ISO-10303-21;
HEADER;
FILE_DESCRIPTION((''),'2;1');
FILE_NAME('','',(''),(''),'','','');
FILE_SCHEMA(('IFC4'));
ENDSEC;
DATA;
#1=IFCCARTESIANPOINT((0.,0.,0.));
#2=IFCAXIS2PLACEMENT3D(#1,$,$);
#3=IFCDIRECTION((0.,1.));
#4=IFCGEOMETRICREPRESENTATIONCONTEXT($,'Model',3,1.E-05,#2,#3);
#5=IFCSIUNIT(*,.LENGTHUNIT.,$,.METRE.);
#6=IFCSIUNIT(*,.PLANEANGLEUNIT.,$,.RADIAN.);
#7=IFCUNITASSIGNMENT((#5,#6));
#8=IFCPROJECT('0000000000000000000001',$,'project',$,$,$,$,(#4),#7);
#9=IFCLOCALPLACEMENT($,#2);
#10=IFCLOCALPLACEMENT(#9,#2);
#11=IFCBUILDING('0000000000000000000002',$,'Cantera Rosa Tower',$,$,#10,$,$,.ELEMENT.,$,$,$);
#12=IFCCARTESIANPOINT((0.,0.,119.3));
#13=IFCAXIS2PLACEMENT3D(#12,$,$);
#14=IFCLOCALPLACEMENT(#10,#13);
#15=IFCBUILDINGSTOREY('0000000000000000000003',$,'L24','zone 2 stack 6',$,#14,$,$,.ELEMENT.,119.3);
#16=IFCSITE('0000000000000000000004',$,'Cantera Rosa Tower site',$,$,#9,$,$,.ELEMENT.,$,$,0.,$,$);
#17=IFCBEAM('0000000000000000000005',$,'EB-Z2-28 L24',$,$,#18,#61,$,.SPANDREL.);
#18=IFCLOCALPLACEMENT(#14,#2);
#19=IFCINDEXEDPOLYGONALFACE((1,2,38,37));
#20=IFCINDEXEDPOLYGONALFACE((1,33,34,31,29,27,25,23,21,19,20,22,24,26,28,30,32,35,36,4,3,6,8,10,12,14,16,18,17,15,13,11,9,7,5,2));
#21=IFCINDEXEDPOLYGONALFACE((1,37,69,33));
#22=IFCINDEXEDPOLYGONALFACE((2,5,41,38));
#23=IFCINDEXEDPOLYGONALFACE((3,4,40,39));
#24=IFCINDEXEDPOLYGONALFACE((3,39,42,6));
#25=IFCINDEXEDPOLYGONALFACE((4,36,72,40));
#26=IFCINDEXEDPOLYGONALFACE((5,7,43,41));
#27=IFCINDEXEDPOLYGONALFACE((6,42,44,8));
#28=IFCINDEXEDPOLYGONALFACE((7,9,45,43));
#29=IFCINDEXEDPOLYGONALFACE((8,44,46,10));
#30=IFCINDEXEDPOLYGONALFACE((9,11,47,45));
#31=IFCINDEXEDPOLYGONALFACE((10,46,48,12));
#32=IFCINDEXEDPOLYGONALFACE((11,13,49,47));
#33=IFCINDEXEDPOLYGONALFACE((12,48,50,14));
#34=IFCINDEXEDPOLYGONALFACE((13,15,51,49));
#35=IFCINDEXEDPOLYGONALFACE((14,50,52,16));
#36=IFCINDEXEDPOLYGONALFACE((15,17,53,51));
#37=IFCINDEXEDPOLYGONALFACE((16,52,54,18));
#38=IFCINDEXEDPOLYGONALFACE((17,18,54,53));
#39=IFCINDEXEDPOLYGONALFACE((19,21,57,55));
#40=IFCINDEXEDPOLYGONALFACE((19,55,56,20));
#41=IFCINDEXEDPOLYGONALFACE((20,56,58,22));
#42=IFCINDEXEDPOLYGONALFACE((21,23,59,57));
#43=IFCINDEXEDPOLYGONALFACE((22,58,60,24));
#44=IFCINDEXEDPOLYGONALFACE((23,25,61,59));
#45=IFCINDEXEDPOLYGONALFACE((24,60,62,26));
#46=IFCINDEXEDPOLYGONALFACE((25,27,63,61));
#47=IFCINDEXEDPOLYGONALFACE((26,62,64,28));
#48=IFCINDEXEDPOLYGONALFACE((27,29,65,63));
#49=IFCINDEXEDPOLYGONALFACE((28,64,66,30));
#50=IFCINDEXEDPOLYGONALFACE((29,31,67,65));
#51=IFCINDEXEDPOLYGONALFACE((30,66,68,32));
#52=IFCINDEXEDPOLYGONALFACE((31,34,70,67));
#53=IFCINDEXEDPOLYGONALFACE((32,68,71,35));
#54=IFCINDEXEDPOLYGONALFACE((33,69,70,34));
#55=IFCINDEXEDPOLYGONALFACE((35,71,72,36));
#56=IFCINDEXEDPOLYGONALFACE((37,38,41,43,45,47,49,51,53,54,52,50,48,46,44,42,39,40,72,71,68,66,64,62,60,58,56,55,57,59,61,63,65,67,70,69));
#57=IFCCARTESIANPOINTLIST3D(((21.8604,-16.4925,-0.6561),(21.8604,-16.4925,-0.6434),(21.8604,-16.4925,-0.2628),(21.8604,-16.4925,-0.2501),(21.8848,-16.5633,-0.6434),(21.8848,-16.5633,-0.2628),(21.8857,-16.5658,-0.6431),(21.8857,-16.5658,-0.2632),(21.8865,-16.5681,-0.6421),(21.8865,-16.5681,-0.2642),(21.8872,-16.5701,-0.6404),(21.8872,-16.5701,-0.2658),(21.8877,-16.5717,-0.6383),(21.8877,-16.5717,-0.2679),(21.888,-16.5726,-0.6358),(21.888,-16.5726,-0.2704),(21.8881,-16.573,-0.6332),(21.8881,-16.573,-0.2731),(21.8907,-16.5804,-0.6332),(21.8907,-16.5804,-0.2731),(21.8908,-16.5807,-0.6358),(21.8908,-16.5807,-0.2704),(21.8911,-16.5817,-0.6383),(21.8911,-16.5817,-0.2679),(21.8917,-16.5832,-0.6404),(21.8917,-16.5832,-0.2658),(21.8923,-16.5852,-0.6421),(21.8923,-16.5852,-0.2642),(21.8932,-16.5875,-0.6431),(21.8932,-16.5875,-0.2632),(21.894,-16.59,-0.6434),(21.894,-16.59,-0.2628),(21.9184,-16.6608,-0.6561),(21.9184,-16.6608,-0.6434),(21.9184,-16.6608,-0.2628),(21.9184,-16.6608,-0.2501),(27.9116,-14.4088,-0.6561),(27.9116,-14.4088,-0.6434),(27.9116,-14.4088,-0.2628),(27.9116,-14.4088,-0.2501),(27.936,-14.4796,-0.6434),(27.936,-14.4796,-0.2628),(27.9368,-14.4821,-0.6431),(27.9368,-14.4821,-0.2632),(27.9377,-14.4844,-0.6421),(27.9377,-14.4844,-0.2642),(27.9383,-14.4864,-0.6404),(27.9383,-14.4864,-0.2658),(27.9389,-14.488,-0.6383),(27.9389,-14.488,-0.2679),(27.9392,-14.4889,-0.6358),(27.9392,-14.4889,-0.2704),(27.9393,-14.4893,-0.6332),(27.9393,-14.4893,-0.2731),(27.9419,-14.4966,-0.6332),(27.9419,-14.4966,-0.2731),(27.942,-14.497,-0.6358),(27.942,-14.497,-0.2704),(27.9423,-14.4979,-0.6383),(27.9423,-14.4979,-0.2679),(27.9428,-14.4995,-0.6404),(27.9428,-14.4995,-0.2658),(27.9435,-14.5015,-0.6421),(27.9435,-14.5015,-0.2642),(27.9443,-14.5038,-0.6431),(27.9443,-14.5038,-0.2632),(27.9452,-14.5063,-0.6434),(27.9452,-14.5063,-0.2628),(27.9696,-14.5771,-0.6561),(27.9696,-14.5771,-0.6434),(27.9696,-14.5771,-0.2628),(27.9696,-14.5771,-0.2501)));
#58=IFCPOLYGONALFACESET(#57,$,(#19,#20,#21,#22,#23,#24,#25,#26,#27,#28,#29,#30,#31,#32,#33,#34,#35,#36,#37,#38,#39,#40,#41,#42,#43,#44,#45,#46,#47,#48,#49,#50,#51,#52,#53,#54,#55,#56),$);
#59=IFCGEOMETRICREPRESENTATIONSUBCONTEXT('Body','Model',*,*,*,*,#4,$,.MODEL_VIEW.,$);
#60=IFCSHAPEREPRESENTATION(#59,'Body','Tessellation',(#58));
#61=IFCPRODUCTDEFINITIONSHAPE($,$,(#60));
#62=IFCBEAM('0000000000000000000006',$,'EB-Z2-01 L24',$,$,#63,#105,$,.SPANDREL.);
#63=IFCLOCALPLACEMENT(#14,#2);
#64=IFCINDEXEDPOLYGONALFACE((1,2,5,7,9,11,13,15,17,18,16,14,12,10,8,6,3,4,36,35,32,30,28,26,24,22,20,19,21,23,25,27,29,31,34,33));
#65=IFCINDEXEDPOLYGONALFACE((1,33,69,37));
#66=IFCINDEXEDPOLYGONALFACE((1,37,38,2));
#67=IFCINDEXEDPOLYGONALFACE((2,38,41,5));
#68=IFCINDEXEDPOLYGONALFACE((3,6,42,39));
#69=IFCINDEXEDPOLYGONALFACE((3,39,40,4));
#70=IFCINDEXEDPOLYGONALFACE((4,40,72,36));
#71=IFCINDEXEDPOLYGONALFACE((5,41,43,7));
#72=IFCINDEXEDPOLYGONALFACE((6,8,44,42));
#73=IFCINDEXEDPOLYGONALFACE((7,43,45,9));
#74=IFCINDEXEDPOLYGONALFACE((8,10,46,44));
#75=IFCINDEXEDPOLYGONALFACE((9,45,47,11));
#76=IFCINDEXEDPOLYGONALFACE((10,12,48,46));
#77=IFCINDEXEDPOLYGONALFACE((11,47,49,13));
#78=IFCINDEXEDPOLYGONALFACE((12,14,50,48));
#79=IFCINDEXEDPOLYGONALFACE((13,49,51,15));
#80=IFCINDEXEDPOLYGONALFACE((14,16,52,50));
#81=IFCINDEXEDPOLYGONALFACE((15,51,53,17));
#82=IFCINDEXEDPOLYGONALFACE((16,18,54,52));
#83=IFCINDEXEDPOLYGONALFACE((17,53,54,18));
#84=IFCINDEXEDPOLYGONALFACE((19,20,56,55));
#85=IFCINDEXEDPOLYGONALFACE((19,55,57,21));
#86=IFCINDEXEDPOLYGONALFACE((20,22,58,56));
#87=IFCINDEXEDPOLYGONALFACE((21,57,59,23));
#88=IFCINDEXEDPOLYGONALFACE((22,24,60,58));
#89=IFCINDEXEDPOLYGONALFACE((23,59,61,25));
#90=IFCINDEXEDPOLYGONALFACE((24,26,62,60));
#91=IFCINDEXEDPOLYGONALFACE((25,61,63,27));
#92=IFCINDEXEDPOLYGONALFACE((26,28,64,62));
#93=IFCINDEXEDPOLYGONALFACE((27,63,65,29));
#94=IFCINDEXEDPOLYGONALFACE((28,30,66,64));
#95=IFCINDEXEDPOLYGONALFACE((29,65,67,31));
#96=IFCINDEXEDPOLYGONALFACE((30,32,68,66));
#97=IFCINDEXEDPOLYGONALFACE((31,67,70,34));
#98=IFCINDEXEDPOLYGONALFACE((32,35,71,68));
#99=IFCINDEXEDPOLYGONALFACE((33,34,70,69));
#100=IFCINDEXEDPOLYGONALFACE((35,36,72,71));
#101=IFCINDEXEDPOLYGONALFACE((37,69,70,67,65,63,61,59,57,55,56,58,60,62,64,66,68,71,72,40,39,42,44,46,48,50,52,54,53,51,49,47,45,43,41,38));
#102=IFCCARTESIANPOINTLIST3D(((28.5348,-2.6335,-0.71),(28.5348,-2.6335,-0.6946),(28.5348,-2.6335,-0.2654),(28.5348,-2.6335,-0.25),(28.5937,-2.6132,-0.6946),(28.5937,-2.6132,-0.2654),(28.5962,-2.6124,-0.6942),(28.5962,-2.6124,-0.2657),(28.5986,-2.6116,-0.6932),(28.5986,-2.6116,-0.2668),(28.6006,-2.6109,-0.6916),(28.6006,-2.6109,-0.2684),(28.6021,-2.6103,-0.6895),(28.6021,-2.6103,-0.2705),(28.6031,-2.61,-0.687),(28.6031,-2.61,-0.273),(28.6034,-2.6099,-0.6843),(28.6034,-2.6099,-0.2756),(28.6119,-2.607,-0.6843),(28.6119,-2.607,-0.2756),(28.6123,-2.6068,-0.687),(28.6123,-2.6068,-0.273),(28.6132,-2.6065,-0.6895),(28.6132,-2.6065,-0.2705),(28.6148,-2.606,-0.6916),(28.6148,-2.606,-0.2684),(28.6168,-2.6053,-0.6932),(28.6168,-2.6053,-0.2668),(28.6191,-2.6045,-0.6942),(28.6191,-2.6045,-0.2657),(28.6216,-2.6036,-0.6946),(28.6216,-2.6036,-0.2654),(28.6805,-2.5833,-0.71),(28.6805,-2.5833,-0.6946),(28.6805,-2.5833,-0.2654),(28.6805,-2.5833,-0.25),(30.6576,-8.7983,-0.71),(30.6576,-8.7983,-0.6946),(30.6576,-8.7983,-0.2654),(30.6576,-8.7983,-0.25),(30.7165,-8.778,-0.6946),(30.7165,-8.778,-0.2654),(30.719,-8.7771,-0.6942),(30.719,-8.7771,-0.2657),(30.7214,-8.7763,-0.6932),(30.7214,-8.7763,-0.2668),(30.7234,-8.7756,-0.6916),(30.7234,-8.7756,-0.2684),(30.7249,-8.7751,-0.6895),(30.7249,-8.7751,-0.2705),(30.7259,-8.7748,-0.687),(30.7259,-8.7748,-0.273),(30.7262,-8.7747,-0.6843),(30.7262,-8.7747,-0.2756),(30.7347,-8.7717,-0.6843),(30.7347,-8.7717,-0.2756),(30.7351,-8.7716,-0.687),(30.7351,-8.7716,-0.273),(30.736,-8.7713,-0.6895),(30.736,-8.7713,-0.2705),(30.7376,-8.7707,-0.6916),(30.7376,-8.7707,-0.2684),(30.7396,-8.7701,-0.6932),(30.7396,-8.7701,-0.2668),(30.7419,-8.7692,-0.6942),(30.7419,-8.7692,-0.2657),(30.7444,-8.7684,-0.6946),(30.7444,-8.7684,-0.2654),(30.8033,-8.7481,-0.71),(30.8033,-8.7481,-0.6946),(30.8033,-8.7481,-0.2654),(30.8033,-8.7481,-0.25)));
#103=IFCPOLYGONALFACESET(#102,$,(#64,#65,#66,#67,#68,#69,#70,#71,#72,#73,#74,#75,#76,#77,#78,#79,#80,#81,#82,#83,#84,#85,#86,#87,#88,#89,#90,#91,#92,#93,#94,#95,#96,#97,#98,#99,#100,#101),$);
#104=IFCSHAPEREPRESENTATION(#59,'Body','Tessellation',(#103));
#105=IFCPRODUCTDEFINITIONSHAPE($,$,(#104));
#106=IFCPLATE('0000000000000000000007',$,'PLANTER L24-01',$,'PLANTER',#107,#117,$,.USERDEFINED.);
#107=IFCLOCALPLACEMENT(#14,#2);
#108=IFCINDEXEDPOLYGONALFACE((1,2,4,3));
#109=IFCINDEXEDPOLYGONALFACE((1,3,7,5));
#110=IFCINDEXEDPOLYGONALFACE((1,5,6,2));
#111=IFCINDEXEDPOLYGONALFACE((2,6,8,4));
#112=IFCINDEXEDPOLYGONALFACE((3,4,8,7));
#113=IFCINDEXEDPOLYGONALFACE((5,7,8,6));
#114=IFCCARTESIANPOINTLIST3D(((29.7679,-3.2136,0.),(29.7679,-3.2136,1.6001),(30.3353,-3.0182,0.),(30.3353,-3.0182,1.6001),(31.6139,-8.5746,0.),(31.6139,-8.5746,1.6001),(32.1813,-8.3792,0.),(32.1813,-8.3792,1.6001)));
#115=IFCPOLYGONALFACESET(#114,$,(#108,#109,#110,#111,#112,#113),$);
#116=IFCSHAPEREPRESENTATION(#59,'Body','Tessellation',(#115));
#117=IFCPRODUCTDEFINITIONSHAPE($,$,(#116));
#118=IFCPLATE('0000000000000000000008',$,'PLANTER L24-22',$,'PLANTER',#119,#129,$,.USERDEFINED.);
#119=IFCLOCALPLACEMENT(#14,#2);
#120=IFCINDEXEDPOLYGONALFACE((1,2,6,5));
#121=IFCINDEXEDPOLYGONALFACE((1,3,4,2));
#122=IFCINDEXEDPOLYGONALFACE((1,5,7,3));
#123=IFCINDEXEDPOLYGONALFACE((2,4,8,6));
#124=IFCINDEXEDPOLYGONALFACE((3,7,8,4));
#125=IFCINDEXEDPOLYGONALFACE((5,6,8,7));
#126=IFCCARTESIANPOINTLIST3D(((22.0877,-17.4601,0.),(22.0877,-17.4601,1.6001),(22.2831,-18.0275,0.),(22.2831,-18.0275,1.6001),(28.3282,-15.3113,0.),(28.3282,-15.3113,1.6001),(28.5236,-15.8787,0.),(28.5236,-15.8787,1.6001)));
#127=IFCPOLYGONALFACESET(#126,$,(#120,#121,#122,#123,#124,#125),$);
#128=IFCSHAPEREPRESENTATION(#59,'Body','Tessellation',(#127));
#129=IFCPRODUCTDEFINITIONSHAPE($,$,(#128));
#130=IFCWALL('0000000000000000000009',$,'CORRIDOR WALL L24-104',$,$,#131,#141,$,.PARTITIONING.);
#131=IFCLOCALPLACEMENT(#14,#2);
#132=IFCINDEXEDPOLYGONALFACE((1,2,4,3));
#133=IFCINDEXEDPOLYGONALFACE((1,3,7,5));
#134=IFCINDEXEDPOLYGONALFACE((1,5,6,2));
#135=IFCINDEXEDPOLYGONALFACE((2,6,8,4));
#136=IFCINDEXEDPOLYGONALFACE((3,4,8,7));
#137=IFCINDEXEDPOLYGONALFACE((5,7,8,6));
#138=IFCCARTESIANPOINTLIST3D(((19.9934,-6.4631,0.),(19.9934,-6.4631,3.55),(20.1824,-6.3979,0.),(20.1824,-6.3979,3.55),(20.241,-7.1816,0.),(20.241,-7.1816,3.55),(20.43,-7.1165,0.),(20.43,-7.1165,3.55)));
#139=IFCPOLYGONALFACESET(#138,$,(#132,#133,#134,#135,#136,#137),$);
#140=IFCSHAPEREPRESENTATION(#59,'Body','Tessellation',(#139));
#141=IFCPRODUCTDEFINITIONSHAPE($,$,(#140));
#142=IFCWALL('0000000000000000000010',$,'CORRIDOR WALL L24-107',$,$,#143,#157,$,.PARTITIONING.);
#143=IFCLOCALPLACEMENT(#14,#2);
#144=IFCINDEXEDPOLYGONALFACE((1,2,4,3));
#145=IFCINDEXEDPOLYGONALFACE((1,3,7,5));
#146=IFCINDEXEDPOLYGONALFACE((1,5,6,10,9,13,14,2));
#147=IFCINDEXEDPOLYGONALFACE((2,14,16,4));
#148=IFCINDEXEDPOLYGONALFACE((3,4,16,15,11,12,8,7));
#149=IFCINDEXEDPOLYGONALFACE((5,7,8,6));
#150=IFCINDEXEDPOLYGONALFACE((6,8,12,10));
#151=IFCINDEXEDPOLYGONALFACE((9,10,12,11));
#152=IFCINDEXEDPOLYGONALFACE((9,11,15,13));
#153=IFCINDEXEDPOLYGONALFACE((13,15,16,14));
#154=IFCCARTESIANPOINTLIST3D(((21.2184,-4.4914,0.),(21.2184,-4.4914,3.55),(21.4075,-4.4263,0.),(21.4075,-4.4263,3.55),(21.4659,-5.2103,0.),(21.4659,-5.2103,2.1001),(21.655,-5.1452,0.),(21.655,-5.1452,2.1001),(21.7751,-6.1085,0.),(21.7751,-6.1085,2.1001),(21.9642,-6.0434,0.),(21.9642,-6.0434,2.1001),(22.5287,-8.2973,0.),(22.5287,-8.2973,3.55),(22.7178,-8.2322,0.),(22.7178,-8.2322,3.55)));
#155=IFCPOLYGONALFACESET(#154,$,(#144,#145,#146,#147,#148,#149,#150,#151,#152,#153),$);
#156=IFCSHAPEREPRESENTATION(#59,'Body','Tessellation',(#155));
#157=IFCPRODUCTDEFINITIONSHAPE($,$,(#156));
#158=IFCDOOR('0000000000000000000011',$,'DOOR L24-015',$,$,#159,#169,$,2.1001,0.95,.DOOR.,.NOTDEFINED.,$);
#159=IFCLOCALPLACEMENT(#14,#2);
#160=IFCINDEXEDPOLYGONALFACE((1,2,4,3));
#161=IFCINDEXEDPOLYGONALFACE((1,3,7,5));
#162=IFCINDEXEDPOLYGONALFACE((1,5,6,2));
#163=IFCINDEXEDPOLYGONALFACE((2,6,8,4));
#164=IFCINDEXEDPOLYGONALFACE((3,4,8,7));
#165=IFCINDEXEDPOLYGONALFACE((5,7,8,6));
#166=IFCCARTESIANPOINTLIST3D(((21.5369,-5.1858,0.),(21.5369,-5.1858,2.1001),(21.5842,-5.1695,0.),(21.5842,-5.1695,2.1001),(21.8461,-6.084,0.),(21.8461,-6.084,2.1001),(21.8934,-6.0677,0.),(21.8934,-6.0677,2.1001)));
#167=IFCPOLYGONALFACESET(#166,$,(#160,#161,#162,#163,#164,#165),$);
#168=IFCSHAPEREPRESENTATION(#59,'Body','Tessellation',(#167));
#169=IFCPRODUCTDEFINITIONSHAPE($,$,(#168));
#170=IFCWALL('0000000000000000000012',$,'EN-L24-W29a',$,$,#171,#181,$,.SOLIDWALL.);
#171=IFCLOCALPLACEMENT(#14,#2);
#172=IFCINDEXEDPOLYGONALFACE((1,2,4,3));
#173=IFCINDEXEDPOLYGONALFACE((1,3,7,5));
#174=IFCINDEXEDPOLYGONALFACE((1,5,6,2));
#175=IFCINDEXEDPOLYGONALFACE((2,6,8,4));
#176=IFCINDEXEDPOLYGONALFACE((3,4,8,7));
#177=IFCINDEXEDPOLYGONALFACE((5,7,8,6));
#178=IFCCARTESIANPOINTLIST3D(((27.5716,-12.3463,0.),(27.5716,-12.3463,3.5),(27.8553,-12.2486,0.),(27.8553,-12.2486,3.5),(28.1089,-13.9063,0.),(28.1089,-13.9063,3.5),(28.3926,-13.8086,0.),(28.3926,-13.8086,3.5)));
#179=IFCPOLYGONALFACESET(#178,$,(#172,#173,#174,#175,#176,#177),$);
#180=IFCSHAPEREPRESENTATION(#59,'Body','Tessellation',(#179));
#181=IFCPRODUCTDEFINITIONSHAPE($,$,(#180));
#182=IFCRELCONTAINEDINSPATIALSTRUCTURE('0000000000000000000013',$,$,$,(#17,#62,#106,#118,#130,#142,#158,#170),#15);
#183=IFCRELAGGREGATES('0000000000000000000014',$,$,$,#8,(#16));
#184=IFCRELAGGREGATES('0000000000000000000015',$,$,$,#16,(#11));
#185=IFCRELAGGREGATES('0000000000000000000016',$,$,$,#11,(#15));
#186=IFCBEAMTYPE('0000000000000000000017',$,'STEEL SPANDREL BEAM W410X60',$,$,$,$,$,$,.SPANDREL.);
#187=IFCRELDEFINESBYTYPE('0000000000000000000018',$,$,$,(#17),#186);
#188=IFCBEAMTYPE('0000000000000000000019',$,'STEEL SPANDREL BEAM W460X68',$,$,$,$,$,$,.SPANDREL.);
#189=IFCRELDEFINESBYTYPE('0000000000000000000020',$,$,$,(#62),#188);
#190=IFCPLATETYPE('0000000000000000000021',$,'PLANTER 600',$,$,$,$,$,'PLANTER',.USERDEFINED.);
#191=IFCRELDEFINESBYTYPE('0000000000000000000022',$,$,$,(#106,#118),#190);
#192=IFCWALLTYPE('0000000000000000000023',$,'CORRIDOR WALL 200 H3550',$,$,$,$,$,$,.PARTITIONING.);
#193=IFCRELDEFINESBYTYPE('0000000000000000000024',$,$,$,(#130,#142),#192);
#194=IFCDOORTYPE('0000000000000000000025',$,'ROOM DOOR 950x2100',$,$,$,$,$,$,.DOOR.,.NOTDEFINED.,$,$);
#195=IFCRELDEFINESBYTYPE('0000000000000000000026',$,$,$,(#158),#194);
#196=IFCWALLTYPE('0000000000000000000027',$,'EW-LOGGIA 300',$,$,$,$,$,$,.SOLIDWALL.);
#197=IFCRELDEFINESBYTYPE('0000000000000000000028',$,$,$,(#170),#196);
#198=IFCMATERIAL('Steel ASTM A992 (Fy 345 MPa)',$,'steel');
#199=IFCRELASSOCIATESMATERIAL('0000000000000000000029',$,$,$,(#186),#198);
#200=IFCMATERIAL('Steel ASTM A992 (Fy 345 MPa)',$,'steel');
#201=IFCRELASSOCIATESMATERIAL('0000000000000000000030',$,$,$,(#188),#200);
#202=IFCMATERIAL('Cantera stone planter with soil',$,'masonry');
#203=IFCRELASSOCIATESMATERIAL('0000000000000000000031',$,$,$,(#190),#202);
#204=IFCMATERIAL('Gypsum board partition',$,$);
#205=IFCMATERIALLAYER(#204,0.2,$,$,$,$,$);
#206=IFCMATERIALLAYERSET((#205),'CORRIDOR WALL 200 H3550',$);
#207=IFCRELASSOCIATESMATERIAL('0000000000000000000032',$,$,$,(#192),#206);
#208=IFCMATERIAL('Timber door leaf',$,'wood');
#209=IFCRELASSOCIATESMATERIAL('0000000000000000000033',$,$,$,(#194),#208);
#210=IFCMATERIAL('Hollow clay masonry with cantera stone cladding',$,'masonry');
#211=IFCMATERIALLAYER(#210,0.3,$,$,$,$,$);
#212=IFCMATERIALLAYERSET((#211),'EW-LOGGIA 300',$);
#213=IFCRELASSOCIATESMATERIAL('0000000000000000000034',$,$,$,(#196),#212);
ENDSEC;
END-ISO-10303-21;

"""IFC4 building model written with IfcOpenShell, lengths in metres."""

from ifc_helpers import new_model, si_unit, direction, frame, frame_2d, origin, origin_2d, place, context, subcontext, project, spatial, rectangle, i_section, extrude, material, layer, layer_set, material_profile, profile_set, type_object, element, fill, save


model = new_model("IFC4")

# Units and contexts
model_context = context("Model", 3, precision=1e-05, world=origin(), true_north=direction((0.0, 1.0)))
body_context = subcontext(model_context, "Body", "Model", "MODEL_VIEW")
ifc_project = project(units=[si_unit("LENGTHUNIT", "METRE"), si_unit("PLANEANGLEUNIT", "RADIAN")], contexts=[model_context])

# Site, building, storey
site_placement = place(None, origin())
site = spatial("IfcSite", under=ifc_project, at=site_placement, Name="Cantera Rosa Tower site", CompositionType="ELEMENT", RefElevation=0.0)
building_placement = place(site_placement, origin())
building = spatial("IfcBuilding", under=site, at=building_placement, Name="Cantera Rosa Tower", CompositionType="ELEMENT")
storey_placement = place(building_placement, frame((0.0, 0.0, 119.3)))
storey = spatial("IfcBuildingStorey", under=building, at=storey_placement, Name="L24", Description="zone 2 stack 6", CompositionType="ELEMENT", Elevation=119.3)

# Beams
ifc_material_1 = material(Name="Steel ASTM A992 (Fy 345 MPa)", Category="steel")
ifc_material_profile_1 = material_profile(ifc_material_1, i_section(OverallWidth=0.178, OverallDepth=0.406, WebThickness=0.0078, FlangeThickness=0.0127, FilletRadius=0.0103, at=origin_2d()), Name="W410X60")
ifc_profile_set_1 = profile_set([ifc_material_profile_1], Name="Steel ASTM A992 (Fy 345 MPa)")
beam_type_1 = type_object("IfcBeamType", Name="STEEL SPANDREL BEAM W410X60", PredefinedType="SPANDREL", material=ifc_profile_set_1)
beam_1_placement = place(storey_placement, frame((21.8894, -16.5767, -0.4531), z_axis=(0.945513, 0.325585, 0.0), x_axis=(-0.325585, 0.945513, 0.0)))
element("IfcBeam", 1, at=beam_1_placement, inside=storey, type_object=beam_type_1, Name="EB-Z2-28 L24", PredefinedType="SPANDREL", context=body_context, shape_type="SweptSolid", body=[
    extrude(i_section(OverallWidth=0.178, OverallDepth=0.406, WebThickness=0.0078, FlangeThickness=0.0127, FilletRadius=0.0103, at=origin_2d()), origin(), (0.0, 0.0, 1.0), 6.3999),
])
ifc_material_2 = material(Name="Steel ASTM A992 (Fy 345 MPa)", Category="steel")
ifc_material_profile_2 = material_profile(ifc_material_2, i_section(OverallWidth=0.1541, OverallDepth=0.46, WebThickness=0.009, FlangeThickness=0.0154, FilletRadius=0.0103, at=origin_2d()), Name="W460X68")
ifc_profile_set_2 = profile_set([ifc_material_profile_2], Name="Steel ASTM A992 (Fy 345 MPa)")
beam_type_2 = type_object("IfcBeamType", Name="STEEL SPANDREL BEAM W460X68", PredefinedType="SPANDREL", material=ifc_profile_set_2)
beam_2_placement = place(storey_placement, frame((30.7305, -8.7732, -0.48), z_axis=(-0.325581, 0.945514, 0.0), x_axis=(-0.945514, -0.325581, 0.0)))
element("IfcBeam", 2, at=beam_2_placement, inside=storey, type_object=beam_type_2, Name="EB-Z2-01 L24", PredefinedType="SPANDREL", context=body_context, shape_type="SweptSolid", body=[
    extrude(i_section(OverallWidth=0.1541, OverallDepth=0.46, WebThickness=0.009, FlangeThickness=0.0154, FilletRadius=0.0103, at=origin_2d()), origin(), (0.0, 0.0, 1.0), 6.52),
])

# Plates
ifc_material_3 = material(Name="Cantera stone planter with soil", Category="masonry")
plate_type = type_object("IfcPlateType", Name="PLANTER 600", ElementType="PLANTER", PredefinedType="USERDEFINED", material=ifc_material_3)
plate_1_placement = place(storey_placement, frame((30.9746, -5.7964, 0.0), z_axis=(0.0, 0.0, 1.0), x_axis=(-0.325568, 0.945519, 0.0)))
element("IfcPlate", 3, at=plate_1_placement, inside=storey, type_object=plate_type, Name="PLANTER L24-01", ObjectType="PLANTER", PredefinedType="USERDEFINED", context=body_context, shape_type="SweptSolid", body=[
    extrude(rectangle(XDim=5.6699, YDim=0.6001, at=origin_2d()), origin(), (0.0, 0.0, 1.0), 1.6001),
])
plate_2_placement = place(storey_placement, frame((25.3057, -16.6694, 0.0), z_axis=(0.0, 0.0, 1.0), x_axis=(0.945519, 0.325568, 0.0)))
element("IfcPlate", 4, at=plate_2_placement, inside=storey, type_object=plate_type, Name="PLANTER L24-22", ObjectType="PLANTER", PredefinedType="USERDEFINED", context=body_context, shape_type="SweptSolid", body=[
    extrude(rectangle(XDim=6.6001, YDim=0.6001, at=origin_2d()), origin(), (0.0, 0.0, 1.0), 1.6001),
])

# Wall
ifc_material_4 = material(Name="Gypsum board partition")
ifc_layer_1 = layer(ifc_material_4, 0.2)
ifc_layer_set_1 = layer_set([ifc_layer_1], Name="CORRIDOR WALL 200 H3550")
wall_type_1 = type_object("IfcWallType", Name="CORRIDOR WALL 200 H3550", PredefinedType="PARTITIONING", material=ifc_layer_set_1)
wall_1_placement = place(storey_placement, frame((20.3354, -7.1489, 0.0), z_axis=(0.0, 0.0, 1.0), x_axis=(-0.325753, 0.945455, 0.0)))
element("IfcWall", 5, at=wall_1_placement, inside=storey, type_object=wall_type_1, Name="CORRIDOR WALL L24-104", PredefinedType="PARTITIONING", context=body_context, shape_type="SweptSolid", body=[
    extrude(rectangle(XDim=0.76, YDim=0.2, at=frame_2d((0.3799, 0.0))), origin(), (0.0, 0.0, 1.0), 3.55),
])

# Wall, opening, door
wall_2_placement = place(storey_placement, frame((22.6233, -8.2649, 0.0), z_axis=(0.0, 0.0, 1.0), x_axis=(-0.325529, 0.945532, 0.0)))
wall_2 = element("IfcWall", 6, at=wall_2_placement, inside=storey, type_object=wall_type_1, Name="CORRIDOR WALL L24-107", PredefinedType="PARTITIONING", context=body_context, shape_type="SweptSolid", body=[
    extrude(rectangle(XDim=4.0251, YDim=0.2, at=frame_2d((2.0127, 0.0))), origin(), (0.0, 0.0, 1.0), 3.55),
])
opening_1_placement = place(wall_2_placement, frame((2.3149, 0.0, 0.0)))
opening_1 = element("IfcOpeningElement", 7, at=opening_1_placement, cuts=wall_2, PredefinedType="OPENING", context=body_context, shape_type="SweptSolid", body=[
    extrude(rectangle(XDim=0.95, YDim=2.1001, at=frame_2d((0.4751, 1.05))), frame((0.0, 0.1099, 0.0), z_axis=(0.0, -1.0, 0.0), x_axis=(1.0, 0.0, 0.0)), (0.0, 0.0, 1.0), 0.22),
])
ifc_material_5 = material(Name="Timber door leaf", Category="wood")
door_type_1 = type_object("IfcDoorType", Name="ROOM DOOR 950x2100", OperationType="NOTDEFINED", PredefinedType="DOOR", material=ifc_material_5)
door_1_placement = place(opening_1_placement, origin())
door_1 = element("IfcDoor", 8, at=door_1_placement, inside=storey, type_object=door_type_1, Name="DOOR L24-015", OperationType="NOTDEFINED", OverallHeight=2.1001, OverallWidth=0.95, PredefinedType="DOOR", context=body_context, shape_type="SweptSolid", body=[
    extrude(rectangle(XDim=0.95, YDim=2.1001, at=frame_2d((0.4751, 1.05))), frame((0.0, 0.0249, 0.0), z_axis=(0.0, -1.0, 0.0), x_axis=(1.0, 0.0, 0.0)), (0.0, 0.0, 1.0), 0.05),
])
fill(opening_1, door_1)

# Wall
ifc_material_6 = material(Name="Hollow clay masonry with cantera stone cladding", Category="masonry")
ifc_layer_2 = layer(ifc_material_6, 0.3)
ifc_layer_set_2 = layer_set([ifc_layer_2], Name="EW-LOGGIA 300")
wall_type_2 = type_object("IfcWallType", Name="EW-LOGGIA 300", PredefinedType="SOLIDWALL", material=ifc_layer_set_2)
wall_3_placement = place(storey_placement, frame((28.2507, -13.8574, 0.0), z_axis=(0.0, 0.0, 1.0), x_axis=(-0.325667, 0.945485, 0.0)))
element("IfcWall", 9, at=wall_3_placement, inside=storey, type_object=wall_type_2, Name="EN-L24-W29a", PredefinedType="SOLIDWALL", context=body_context, shape_type="SweptSolid", body=[
    extrude(rectangle(XDim=1.6499, YDim=0.3, at=frame_2d((0.825, 0.0))), origin(), (0.0, 0.0, 1.0), 3.5),
])

save(model, "model.ifc")
